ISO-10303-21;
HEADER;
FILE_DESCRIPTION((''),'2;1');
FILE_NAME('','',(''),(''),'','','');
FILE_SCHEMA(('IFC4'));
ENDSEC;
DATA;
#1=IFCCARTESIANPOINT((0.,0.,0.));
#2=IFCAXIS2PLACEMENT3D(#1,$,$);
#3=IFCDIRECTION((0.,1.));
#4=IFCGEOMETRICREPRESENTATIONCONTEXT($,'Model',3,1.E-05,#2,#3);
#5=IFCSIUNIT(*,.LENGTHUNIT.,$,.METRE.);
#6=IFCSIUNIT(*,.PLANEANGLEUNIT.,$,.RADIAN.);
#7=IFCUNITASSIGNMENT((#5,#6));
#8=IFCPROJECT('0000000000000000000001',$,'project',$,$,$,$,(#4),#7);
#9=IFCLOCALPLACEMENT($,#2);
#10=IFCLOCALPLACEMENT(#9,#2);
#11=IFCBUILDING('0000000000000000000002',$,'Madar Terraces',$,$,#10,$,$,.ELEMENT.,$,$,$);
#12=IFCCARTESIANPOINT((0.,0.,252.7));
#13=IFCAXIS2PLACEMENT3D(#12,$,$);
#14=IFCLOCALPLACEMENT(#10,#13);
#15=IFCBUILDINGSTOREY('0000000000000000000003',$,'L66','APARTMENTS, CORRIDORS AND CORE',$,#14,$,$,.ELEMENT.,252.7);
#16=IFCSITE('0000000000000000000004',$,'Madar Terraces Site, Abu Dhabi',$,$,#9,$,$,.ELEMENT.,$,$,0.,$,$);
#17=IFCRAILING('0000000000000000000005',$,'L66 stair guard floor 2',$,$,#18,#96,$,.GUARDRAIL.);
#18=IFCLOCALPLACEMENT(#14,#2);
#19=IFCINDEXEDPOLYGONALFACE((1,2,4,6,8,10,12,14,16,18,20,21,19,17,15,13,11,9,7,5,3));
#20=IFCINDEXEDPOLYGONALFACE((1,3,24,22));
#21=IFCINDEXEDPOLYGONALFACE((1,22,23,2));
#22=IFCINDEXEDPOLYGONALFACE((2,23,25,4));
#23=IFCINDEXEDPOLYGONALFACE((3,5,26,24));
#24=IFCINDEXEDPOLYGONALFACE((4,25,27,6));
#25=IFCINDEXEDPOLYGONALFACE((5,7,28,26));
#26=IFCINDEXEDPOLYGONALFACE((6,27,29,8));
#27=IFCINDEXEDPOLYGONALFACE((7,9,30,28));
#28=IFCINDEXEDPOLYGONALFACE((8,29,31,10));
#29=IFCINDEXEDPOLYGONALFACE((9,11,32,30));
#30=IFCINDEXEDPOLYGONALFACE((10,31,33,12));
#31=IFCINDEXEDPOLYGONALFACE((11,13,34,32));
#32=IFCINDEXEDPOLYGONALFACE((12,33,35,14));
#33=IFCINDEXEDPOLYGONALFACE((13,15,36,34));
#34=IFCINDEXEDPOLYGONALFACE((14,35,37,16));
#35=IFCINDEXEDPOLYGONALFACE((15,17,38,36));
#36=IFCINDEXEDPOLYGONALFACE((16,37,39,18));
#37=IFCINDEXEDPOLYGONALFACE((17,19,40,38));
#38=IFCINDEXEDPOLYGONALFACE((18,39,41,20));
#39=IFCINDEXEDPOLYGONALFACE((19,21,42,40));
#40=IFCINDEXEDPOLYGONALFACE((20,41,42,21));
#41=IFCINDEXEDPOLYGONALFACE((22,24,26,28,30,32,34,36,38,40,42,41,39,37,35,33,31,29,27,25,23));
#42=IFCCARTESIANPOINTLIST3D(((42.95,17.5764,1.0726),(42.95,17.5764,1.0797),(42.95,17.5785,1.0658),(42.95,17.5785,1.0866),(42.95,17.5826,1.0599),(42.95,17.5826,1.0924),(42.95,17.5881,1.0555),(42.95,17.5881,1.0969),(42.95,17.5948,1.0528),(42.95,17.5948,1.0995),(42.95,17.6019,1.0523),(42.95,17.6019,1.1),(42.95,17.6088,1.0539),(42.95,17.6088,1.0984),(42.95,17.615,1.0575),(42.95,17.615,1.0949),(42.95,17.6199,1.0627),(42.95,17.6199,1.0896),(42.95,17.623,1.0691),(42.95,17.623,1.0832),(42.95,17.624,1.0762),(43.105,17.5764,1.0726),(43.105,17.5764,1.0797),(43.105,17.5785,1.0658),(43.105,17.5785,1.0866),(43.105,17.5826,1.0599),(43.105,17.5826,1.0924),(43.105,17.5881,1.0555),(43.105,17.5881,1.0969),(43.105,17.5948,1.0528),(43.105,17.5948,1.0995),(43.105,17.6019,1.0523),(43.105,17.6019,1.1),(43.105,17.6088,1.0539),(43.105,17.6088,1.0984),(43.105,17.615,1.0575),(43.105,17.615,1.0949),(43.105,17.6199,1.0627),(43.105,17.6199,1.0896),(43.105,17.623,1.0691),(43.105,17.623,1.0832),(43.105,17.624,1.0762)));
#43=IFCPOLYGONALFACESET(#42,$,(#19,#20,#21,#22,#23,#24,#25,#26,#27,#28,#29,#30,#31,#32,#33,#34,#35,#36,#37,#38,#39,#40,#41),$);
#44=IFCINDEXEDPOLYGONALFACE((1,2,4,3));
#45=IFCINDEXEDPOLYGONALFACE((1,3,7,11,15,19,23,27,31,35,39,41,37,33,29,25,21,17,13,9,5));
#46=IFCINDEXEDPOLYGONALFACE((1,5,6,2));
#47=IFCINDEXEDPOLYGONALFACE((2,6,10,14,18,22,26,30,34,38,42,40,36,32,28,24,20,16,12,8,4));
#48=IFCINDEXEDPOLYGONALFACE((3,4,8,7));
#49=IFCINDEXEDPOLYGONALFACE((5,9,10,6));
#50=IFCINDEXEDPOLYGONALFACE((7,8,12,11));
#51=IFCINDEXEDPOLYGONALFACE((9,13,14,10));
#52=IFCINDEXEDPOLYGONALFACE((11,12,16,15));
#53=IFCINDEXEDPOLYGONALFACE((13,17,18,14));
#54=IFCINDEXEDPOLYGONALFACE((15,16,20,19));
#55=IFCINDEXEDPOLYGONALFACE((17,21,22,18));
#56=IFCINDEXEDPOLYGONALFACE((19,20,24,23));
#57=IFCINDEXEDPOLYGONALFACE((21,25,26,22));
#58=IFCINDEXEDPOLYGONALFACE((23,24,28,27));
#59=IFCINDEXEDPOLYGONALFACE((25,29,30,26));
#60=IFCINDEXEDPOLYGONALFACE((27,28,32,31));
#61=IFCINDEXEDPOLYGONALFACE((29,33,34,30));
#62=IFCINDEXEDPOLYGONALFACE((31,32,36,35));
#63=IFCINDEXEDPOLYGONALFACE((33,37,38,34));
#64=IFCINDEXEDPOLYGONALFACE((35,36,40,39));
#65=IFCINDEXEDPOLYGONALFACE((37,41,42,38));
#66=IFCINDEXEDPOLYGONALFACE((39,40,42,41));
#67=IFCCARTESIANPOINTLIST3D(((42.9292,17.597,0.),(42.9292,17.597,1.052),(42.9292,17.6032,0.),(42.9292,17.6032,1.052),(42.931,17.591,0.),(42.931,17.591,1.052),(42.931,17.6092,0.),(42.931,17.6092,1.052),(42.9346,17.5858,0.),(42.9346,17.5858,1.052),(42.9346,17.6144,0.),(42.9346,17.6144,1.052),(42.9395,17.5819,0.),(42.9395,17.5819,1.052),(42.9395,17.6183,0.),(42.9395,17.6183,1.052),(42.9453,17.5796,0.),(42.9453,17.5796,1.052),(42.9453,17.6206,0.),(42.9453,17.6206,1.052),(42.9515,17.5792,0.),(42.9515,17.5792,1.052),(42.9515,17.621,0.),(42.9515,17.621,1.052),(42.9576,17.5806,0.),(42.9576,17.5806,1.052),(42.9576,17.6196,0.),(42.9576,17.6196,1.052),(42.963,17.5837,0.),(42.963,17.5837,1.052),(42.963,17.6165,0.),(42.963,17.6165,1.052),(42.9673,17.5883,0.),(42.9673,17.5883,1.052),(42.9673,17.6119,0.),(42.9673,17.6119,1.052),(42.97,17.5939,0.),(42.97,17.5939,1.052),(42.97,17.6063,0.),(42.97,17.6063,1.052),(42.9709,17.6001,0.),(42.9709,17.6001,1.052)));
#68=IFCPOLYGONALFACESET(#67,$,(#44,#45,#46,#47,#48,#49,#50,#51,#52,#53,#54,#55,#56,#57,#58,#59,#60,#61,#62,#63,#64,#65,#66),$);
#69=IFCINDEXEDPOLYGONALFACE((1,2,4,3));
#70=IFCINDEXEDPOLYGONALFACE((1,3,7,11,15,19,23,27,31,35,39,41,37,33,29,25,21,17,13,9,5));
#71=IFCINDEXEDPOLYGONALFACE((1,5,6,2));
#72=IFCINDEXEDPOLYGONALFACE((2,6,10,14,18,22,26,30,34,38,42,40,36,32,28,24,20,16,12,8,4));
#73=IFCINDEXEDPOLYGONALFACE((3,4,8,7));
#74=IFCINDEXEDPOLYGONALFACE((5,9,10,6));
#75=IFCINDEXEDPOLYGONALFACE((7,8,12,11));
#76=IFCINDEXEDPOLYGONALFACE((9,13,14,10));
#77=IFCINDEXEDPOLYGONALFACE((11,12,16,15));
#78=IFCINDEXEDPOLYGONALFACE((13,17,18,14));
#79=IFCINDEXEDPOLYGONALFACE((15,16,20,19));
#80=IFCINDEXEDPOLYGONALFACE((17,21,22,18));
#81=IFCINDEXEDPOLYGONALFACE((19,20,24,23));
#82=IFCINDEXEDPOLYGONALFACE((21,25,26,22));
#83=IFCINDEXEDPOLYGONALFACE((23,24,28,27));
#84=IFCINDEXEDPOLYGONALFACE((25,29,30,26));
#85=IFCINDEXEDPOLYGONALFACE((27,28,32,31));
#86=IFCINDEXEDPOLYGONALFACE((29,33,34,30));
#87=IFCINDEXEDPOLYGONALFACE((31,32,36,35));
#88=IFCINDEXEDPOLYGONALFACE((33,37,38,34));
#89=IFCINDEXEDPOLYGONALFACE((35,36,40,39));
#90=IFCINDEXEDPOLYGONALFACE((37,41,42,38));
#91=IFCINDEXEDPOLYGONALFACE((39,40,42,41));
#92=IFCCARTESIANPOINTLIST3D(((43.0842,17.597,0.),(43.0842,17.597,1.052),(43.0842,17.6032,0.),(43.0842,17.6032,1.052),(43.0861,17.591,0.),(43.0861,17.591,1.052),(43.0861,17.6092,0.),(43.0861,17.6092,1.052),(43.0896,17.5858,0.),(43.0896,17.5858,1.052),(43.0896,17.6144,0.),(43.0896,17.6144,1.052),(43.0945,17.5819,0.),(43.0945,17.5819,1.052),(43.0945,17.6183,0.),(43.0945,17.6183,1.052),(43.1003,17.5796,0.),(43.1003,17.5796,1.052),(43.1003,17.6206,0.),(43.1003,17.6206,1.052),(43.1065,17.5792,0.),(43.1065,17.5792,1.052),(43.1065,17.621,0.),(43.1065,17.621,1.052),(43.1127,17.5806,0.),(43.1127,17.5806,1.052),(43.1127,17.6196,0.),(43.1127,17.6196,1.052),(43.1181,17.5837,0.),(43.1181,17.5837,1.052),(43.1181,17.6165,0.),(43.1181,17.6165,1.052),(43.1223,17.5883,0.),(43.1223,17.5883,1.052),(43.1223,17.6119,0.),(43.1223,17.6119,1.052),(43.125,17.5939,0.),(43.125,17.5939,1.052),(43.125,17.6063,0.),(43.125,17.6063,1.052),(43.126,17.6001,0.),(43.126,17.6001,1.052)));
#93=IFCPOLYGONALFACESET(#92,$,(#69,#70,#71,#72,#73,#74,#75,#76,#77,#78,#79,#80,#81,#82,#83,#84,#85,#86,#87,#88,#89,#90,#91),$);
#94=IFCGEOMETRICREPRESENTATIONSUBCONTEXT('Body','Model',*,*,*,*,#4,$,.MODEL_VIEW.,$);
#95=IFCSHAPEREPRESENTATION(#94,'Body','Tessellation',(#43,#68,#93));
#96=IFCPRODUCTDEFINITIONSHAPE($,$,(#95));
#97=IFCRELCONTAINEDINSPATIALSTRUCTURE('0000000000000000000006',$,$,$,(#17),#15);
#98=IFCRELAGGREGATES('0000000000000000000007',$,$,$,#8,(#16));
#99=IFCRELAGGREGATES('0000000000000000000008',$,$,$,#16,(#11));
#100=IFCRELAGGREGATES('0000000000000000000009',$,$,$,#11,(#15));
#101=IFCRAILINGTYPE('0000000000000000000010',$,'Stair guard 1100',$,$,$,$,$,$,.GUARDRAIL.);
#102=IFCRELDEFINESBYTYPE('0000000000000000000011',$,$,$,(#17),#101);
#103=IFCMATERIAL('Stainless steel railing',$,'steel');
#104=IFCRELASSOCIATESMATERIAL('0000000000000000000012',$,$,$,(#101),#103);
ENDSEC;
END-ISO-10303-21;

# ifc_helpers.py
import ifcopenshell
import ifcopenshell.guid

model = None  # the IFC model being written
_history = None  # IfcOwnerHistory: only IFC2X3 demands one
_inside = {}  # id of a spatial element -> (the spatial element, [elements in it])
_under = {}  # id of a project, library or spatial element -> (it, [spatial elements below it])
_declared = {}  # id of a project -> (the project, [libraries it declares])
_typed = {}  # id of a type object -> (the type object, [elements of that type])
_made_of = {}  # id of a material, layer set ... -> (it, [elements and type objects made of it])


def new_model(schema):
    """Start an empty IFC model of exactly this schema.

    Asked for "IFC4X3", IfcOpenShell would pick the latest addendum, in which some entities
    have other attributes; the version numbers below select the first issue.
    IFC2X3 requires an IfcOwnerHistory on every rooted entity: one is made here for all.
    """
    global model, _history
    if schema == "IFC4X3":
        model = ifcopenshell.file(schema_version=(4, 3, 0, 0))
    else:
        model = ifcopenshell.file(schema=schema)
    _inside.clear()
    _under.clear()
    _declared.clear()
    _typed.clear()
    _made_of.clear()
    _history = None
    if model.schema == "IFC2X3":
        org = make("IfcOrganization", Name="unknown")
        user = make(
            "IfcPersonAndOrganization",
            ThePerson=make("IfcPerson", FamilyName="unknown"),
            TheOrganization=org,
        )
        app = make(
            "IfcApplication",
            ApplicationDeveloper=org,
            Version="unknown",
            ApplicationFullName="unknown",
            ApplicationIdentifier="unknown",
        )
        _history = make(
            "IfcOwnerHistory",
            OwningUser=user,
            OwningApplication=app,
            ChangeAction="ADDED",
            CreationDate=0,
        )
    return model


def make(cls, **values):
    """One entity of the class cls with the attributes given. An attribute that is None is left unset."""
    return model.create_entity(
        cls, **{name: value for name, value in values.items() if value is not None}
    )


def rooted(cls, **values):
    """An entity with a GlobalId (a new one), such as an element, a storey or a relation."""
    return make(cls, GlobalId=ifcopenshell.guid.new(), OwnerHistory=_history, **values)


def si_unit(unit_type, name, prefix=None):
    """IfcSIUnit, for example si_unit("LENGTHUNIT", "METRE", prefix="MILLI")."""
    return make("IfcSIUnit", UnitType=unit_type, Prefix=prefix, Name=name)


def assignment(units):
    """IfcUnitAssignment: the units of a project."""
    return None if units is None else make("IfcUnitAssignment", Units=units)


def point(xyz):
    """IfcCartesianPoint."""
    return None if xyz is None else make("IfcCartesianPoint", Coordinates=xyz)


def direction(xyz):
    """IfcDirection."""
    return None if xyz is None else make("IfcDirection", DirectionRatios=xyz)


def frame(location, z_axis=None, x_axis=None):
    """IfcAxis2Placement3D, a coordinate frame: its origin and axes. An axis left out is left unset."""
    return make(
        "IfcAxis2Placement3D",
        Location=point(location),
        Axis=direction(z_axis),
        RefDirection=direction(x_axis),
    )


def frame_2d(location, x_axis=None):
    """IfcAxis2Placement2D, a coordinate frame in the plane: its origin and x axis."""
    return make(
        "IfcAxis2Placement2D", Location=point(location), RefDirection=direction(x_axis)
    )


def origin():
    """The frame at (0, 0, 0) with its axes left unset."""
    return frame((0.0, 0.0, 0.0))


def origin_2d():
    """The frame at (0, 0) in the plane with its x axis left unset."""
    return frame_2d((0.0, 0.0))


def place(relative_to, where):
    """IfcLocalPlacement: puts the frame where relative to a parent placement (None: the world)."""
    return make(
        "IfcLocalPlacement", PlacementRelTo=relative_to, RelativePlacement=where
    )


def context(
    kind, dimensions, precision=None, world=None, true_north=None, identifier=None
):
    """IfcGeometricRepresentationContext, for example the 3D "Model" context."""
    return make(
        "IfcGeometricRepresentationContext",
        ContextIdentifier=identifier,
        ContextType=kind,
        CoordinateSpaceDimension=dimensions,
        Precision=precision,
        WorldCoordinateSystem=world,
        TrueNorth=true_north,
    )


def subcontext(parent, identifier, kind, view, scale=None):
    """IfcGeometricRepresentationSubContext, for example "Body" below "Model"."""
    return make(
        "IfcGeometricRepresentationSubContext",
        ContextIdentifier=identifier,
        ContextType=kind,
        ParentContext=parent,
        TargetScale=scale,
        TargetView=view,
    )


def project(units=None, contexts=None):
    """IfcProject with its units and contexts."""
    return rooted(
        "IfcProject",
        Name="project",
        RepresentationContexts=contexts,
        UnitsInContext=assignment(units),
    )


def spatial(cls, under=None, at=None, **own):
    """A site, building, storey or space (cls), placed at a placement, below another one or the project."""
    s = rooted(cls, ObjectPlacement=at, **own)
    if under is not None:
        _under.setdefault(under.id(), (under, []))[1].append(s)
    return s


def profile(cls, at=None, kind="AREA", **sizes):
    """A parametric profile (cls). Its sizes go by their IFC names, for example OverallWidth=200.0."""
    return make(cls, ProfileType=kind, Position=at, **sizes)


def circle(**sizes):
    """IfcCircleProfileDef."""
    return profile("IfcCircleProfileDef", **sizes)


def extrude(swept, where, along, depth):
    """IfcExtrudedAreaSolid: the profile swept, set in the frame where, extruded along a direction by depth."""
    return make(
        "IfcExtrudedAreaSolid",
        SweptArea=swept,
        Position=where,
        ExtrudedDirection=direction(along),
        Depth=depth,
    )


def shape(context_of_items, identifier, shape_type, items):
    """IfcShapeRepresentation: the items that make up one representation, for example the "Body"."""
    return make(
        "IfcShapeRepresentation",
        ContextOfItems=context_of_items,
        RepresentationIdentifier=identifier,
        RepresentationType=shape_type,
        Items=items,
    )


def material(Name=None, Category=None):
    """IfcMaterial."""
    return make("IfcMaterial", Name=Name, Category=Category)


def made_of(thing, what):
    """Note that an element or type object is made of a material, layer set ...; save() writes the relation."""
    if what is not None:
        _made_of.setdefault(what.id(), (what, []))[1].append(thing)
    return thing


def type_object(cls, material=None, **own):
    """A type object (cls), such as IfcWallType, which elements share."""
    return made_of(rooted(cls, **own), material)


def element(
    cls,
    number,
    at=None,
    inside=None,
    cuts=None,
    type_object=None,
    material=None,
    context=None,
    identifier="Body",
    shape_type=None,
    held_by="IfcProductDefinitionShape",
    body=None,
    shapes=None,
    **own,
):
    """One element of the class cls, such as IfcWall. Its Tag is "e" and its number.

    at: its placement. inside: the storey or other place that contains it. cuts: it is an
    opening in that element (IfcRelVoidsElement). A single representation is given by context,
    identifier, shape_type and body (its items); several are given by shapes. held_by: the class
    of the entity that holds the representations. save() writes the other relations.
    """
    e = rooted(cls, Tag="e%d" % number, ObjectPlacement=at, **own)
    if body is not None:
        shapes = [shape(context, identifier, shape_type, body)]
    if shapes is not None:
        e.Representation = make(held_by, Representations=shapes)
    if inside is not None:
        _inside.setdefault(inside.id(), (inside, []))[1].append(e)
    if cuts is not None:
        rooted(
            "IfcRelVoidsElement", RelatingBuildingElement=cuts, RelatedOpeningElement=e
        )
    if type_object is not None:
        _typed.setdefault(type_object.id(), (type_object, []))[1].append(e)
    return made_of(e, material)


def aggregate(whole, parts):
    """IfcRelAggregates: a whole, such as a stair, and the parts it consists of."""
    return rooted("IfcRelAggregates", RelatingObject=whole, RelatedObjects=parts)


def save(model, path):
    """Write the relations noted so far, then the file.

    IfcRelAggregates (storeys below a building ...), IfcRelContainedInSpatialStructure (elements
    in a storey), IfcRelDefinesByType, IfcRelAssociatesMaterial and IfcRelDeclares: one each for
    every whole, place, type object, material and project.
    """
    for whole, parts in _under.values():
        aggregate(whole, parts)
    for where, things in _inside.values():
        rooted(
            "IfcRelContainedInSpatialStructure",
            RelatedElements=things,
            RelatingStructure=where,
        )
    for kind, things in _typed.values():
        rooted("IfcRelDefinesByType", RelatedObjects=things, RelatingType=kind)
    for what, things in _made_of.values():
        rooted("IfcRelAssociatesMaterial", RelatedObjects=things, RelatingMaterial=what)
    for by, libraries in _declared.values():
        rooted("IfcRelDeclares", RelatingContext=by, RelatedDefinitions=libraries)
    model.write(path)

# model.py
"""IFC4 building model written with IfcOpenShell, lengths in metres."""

from ifc_helpers import new_model, si_unit, direction, frame, origin, origin_2d, place, context, subcontext, project, spatial, circle, extrude, material, type_object, element, save


model = new_model("IFC4")

# Units and contexts
model_context = context("Model", 3, precision=1e-05, world=origin(), true_north=direction((0.0, 1.0)))
body_context = subcontext(model_context, "Body", "Model", "MODEL_VIEW")
ifc_project = project(units=[si_unit("LENGTHUNIT", "METRE"), si_unit("PLANEANGLEUNIT", "RADIAN")], contexts=[model_context])

# Site, building, storey
site_placement = place(None, origin())
site = spatial("IfcSite", under=ifc_project, at=site_placement, Name="Madar Terraces Site, Abu Dhabi", CompositionType="ELEMENT", RefElevation=0.0)
building_placement = place(site_placement, origin())
building = spatial("IfcBuilding", under=site, at=building_placement, Name="Madar Terraces", CompositionType="ELEMENT")
storey_placement = place(building_placement, frame((0.0, 0.0, 252.7)))
storey = spatial("IfcBuildingStorey", under=building, at=storey_placement, Name="L66", Description="APARTMENTS, CORRIDORS AND CORE", CompositionType="ELEMENT", Elevation=252.7)

# Railing
ifc_material_1 = material(Name="Stainless steel railing", Category="steel")
railing_type_1 = type_object("IfcRailingType", Name="Stair guard 1100", PredefinedType="GUARDRAIL", material=ifc_material_1)
for number, where, name in (
    (1, (42.95, 17.6001, 0.0), "L66 stair guard floor 2"),
):
    element("IfcRailing", number, at=place(storey_placement, frame(where)), inside=storey, type_object=railing_type_1, Name=name, PredefinedType="GUARDRAIL", context=body_context, shape_type="SweptSolid", body=[
        extrude(circle(Radius=0.0239, at=origin_2d()), frame((0.0, 0.0, 1.0762), z_axis=(1.0, 0.0, 0.0), x_axis=(0.0, 1.0, 0.0)), (0.0, 0.0, 1.0), 0.155),
        extrude(circle(Radius=0.021, at=origin_2d()), origin(), (0.0, 0.0, 1.0), 1.052),
        extrude(circle(Radius=0.021, at=origin_2d()), frame((0.155, 0.0, 0.0)), (0.0, 0.0, 1.0), 1.052),
    ])

save(model, "model.ifc")
